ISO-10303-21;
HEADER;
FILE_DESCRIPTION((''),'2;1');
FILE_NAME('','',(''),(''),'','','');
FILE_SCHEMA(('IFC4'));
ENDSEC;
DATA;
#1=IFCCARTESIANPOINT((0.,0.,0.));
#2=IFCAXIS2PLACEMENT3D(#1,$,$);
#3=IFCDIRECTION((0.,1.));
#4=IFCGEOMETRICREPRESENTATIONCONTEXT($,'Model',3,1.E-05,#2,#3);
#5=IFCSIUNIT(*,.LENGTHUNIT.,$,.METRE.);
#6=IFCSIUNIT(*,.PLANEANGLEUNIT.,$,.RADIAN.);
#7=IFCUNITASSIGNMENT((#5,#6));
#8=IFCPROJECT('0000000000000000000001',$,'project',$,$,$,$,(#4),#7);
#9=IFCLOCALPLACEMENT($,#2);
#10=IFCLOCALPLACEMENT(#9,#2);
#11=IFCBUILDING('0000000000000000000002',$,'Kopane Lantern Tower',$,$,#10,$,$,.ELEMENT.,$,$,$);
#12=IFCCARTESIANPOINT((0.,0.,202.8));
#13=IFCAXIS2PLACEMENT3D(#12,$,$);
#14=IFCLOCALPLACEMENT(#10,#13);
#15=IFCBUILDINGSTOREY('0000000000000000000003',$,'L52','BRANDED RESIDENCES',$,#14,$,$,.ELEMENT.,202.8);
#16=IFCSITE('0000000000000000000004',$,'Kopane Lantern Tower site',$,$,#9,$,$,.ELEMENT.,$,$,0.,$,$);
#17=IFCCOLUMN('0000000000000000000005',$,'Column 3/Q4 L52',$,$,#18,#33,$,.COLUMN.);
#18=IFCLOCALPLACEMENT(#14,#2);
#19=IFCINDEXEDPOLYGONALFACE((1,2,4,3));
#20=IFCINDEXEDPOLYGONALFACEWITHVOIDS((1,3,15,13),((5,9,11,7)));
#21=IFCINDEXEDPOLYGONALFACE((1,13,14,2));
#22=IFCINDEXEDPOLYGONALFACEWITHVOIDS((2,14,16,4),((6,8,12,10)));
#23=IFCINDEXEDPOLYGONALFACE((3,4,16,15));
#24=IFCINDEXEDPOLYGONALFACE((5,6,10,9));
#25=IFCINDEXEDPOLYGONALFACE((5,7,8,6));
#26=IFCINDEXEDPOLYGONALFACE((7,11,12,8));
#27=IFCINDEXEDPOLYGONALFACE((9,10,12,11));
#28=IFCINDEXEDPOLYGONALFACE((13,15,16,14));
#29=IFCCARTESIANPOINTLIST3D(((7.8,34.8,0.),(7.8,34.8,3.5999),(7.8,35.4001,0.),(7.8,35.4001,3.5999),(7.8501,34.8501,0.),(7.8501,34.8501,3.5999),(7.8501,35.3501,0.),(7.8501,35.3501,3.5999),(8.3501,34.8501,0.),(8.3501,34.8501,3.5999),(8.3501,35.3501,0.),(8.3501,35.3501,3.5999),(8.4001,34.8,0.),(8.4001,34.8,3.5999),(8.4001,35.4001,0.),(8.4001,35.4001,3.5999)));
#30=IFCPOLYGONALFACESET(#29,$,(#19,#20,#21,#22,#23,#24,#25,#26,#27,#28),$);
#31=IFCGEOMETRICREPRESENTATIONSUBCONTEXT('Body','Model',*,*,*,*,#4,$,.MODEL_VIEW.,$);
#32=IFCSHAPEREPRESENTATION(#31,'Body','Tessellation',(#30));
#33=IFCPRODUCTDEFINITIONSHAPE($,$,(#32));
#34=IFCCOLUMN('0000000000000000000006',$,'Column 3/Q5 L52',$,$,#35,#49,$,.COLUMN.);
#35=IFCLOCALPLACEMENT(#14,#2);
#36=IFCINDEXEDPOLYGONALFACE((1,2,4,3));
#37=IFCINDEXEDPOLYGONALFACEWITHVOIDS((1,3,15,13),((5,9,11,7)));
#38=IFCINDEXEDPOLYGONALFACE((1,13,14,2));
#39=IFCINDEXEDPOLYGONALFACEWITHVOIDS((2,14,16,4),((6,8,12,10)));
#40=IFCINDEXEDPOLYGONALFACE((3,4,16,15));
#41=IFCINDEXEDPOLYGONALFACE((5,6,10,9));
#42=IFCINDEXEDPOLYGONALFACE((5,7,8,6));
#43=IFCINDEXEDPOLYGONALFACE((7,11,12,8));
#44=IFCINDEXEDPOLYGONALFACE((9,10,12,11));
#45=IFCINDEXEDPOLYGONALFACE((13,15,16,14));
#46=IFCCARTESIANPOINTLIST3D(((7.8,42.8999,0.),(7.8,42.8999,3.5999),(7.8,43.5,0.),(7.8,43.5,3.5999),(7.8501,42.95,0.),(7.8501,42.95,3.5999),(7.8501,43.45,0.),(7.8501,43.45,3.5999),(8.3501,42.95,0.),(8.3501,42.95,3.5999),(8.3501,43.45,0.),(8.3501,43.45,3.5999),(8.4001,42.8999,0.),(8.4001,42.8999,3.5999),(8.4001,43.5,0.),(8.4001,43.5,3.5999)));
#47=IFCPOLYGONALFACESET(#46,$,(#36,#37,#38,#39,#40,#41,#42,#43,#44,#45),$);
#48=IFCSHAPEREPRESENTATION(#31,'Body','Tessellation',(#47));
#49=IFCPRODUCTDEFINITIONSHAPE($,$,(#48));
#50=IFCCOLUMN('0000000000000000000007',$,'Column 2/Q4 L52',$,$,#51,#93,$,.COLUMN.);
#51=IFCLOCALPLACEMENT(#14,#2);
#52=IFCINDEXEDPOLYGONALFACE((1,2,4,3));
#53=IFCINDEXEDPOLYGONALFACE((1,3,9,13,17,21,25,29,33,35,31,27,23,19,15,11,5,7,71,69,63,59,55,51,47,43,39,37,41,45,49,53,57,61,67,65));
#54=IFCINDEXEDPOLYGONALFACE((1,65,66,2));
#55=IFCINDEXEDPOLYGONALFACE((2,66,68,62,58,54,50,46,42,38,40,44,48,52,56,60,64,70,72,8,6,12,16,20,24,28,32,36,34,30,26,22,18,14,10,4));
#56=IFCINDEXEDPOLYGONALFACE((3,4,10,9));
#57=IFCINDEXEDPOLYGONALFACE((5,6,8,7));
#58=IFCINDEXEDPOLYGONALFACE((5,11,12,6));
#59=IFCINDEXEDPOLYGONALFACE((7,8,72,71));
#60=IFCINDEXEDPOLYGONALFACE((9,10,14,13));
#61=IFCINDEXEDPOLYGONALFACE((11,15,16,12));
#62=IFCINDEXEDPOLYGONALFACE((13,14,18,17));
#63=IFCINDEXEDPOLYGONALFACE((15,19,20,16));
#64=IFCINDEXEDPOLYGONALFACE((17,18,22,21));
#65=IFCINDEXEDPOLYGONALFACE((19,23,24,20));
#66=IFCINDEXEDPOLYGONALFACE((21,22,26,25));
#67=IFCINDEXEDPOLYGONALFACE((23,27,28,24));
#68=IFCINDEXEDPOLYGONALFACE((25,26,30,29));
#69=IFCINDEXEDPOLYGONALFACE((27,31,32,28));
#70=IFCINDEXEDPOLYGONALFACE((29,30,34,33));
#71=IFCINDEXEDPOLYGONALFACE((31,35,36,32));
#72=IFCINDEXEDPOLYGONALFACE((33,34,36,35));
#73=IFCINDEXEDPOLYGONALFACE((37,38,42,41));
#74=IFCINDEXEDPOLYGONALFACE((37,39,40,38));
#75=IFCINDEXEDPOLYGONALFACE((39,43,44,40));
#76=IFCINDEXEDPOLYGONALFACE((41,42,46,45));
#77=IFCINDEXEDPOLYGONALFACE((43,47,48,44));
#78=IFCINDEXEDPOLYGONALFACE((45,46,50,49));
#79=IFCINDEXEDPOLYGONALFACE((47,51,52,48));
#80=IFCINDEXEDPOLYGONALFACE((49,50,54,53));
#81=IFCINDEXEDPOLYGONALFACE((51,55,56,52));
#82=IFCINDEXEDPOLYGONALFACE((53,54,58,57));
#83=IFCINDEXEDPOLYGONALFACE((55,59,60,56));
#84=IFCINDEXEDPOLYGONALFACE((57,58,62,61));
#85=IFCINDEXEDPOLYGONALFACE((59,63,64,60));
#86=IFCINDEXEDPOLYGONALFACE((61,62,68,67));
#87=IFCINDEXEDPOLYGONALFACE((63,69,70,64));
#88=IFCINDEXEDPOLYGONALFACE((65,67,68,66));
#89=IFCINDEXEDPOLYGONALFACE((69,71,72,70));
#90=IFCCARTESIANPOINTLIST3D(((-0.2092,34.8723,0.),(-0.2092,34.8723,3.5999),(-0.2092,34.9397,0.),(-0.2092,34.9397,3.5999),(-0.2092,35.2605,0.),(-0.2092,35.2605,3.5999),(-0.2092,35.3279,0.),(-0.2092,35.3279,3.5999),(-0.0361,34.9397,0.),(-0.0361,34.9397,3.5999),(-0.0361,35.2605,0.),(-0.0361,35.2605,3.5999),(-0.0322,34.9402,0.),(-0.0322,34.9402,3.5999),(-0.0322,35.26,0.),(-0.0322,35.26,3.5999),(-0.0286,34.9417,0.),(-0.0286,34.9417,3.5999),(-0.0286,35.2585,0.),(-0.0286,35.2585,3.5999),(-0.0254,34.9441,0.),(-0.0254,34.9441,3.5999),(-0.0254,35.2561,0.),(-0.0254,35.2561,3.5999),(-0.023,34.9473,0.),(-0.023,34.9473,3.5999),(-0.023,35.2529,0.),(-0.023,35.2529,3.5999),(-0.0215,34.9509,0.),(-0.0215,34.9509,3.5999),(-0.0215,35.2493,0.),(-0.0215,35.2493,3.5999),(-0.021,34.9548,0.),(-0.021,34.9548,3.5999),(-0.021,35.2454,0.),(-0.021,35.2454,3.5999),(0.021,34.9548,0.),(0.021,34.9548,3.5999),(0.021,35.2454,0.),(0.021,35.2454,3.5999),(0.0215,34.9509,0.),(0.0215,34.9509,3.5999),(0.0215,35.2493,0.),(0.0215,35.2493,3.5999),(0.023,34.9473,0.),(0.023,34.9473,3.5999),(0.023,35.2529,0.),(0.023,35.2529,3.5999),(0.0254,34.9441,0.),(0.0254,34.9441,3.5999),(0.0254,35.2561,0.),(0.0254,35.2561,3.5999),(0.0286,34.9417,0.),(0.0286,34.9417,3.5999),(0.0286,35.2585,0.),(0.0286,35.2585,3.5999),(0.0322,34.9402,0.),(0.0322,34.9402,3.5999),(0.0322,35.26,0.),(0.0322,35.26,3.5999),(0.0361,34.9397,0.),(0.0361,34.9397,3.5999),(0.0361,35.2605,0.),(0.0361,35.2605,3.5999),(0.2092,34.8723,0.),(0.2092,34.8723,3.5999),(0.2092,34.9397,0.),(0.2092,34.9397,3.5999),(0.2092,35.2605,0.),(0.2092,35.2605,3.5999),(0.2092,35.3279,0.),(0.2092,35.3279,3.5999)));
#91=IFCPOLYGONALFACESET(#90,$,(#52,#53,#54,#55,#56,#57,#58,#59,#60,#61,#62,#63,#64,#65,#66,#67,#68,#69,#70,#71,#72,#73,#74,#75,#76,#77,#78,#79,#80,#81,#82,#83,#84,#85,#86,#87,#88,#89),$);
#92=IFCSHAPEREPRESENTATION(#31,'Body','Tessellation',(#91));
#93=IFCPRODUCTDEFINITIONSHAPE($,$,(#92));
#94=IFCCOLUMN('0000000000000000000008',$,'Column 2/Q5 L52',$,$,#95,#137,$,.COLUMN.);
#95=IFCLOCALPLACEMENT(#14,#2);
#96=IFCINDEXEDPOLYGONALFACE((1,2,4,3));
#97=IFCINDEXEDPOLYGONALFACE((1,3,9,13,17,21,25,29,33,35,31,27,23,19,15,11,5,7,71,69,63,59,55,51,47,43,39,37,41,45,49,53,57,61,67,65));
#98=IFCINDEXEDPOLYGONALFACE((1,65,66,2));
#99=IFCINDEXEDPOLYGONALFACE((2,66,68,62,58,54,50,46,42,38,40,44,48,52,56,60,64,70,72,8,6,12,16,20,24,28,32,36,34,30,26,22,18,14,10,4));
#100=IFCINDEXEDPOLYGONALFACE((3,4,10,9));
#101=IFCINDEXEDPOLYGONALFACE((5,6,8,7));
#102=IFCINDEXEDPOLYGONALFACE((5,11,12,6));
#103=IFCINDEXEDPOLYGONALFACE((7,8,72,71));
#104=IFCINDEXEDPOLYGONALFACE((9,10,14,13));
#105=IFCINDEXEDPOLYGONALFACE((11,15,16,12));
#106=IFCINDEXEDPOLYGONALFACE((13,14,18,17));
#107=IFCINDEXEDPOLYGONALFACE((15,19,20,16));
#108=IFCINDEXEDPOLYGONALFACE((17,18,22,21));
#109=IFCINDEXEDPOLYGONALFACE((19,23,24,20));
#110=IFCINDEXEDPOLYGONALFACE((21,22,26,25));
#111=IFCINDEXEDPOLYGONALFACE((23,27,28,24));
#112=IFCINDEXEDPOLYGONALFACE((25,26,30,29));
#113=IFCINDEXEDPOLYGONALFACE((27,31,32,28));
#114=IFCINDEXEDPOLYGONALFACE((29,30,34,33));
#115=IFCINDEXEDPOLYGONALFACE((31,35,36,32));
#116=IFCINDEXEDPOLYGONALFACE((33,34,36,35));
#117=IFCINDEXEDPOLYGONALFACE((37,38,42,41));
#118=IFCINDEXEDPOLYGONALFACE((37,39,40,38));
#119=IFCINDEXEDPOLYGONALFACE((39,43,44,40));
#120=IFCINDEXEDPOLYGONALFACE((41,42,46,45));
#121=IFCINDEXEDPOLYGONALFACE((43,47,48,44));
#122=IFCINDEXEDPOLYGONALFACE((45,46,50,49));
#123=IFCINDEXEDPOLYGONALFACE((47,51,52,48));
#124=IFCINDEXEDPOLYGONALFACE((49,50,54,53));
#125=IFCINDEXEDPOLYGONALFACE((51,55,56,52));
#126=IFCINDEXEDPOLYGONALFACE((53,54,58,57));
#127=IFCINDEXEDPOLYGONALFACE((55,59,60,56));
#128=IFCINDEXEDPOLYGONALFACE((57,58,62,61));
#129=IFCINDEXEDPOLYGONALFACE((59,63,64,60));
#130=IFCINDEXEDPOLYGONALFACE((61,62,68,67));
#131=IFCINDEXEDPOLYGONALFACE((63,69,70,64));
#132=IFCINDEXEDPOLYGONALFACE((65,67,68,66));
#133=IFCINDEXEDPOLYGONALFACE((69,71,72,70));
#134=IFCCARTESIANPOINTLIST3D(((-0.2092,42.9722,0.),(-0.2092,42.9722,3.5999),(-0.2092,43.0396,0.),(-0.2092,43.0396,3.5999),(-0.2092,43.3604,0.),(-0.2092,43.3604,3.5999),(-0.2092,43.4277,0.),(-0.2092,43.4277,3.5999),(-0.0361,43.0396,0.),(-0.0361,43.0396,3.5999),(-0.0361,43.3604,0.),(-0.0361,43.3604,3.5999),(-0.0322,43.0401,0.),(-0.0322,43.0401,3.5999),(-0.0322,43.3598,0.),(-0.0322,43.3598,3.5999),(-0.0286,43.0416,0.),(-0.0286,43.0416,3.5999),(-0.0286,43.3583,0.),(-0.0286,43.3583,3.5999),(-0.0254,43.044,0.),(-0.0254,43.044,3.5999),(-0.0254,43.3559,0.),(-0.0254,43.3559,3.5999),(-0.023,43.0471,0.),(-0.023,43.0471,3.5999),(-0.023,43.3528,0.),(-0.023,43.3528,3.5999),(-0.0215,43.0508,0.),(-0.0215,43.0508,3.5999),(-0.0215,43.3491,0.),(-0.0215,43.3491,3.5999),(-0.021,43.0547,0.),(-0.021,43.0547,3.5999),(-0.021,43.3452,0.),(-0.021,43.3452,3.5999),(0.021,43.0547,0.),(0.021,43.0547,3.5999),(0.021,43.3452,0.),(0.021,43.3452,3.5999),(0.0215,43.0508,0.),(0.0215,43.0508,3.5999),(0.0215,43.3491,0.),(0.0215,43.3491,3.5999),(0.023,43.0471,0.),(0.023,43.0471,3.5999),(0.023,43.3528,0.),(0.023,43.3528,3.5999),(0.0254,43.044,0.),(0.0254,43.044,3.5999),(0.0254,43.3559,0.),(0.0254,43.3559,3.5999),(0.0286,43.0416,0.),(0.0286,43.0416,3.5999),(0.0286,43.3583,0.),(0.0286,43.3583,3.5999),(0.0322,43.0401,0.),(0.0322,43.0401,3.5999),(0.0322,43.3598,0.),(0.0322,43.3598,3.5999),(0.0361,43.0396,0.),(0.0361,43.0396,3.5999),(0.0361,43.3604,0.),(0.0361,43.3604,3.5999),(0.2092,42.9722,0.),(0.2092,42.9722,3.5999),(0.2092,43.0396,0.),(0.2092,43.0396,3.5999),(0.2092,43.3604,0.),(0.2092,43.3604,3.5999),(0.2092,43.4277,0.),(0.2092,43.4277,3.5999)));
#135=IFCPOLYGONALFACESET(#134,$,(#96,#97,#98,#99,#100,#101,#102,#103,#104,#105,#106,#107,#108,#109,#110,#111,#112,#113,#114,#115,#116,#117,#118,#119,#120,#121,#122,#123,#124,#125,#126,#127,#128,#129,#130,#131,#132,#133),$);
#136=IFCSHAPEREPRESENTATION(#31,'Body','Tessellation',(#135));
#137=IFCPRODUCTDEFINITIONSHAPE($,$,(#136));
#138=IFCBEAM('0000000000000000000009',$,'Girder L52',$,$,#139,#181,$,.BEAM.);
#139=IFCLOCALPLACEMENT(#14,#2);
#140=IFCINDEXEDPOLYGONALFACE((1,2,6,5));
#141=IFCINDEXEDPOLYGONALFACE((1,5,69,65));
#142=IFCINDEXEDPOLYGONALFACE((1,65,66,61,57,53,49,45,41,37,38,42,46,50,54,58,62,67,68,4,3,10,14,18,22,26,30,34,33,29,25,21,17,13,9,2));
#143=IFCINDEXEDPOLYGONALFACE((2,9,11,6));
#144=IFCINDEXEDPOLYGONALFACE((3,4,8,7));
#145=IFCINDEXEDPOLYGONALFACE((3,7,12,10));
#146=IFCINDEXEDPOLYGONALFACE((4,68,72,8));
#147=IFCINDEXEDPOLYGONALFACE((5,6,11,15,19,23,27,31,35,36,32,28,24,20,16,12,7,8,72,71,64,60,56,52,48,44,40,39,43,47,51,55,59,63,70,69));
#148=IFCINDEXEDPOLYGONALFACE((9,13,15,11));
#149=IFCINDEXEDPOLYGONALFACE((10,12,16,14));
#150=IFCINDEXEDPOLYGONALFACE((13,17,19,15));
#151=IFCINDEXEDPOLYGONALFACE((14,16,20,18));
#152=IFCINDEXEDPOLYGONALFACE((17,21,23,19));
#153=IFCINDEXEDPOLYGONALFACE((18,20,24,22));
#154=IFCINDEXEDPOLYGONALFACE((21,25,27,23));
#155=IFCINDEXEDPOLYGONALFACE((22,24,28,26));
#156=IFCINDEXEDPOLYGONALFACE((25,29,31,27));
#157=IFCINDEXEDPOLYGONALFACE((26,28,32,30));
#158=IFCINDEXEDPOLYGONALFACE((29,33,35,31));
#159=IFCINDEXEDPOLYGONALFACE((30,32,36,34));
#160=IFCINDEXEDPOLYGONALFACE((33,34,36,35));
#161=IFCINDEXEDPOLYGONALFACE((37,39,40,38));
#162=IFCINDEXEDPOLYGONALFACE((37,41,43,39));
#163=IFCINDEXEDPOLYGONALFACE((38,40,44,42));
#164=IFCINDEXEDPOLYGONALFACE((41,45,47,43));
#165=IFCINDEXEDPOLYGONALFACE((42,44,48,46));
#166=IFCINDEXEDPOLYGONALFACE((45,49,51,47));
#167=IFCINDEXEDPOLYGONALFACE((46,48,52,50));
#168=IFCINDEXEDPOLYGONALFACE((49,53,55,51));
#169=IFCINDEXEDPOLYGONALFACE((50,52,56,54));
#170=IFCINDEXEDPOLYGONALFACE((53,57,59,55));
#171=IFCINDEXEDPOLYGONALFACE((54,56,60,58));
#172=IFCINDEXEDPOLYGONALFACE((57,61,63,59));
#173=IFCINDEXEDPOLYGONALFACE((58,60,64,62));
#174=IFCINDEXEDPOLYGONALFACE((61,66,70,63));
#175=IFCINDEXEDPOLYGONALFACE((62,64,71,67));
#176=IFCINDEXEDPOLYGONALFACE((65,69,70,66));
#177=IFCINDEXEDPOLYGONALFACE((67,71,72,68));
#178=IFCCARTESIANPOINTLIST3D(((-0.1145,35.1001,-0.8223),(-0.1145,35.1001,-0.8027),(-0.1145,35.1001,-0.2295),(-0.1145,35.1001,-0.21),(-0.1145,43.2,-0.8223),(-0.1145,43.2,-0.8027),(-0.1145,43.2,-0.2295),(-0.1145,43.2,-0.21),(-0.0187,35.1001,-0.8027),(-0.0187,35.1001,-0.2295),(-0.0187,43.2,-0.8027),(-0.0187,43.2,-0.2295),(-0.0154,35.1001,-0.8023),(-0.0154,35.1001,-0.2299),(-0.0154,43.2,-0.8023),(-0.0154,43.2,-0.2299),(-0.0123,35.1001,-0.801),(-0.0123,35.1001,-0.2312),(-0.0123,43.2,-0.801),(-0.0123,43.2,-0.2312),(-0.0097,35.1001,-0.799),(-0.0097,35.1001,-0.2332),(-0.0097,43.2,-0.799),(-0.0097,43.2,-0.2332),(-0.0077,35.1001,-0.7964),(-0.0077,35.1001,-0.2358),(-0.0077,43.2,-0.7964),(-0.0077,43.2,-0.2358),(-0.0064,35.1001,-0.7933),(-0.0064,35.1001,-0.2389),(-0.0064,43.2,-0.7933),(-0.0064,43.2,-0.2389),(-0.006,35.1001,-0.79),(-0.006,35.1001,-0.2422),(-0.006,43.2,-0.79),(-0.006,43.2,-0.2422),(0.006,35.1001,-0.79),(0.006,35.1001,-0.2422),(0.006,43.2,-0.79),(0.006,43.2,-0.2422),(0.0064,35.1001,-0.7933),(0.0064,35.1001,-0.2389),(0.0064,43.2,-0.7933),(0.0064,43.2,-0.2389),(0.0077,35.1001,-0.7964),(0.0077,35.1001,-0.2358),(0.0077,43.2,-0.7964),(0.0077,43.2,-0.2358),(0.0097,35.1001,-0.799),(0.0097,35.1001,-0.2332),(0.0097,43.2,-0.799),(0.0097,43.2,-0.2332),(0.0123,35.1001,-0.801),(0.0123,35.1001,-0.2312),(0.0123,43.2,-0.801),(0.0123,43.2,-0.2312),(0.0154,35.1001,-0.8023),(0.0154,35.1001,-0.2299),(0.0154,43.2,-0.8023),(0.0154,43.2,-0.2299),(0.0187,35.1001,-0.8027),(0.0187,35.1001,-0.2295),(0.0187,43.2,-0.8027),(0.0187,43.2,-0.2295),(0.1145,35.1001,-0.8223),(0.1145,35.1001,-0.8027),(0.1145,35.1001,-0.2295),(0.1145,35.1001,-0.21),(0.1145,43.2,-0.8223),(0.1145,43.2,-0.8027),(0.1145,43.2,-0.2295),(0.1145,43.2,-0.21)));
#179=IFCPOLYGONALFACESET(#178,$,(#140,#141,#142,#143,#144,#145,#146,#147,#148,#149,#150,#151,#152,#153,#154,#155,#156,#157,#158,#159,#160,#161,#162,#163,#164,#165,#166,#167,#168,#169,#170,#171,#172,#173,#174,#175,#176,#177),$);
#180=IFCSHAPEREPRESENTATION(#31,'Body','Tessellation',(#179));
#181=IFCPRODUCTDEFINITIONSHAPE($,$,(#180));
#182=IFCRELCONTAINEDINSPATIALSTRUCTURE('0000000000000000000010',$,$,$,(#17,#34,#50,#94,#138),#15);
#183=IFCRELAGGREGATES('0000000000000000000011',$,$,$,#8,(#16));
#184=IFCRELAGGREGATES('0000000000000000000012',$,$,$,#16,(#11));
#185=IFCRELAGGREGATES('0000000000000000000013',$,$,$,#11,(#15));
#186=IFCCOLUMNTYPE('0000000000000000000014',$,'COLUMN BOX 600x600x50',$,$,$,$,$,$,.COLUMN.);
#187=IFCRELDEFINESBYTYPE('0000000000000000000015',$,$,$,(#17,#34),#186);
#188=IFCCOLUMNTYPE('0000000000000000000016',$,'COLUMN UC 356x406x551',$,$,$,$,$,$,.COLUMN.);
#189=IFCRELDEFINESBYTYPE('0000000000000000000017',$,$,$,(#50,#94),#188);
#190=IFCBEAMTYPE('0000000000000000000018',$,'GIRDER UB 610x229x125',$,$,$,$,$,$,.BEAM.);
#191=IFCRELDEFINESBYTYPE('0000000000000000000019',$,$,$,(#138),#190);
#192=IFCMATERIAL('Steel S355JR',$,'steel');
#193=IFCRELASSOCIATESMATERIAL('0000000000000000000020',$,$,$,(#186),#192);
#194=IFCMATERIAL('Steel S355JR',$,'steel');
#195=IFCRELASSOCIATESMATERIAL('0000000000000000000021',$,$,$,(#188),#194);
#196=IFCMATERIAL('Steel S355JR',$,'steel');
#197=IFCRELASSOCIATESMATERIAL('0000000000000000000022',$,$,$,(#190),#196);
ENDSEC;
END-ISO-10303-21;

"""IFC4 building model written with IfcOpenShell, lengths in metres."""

from ifc_helpers import new_model, si_unit, direction, frame, origin, origin_2d, place, context, subcontext, project, spatial, hollow_rectangle, i_section, extrude, material, material_profile, profile_set, type_object, element, save


model = new_model("IFC4")

# Units and contexts
model_context = context("Model", 3, precision=1e-05, world=origin(), true_north=direction((0.0, 1.0)))
body_context = subcontext(model_context, "Body", "Model", "MODEL_VIEW")
ifc_project = project(units=[si_unit("LENGTHUNIT", "METRE"), si_unit("PLANEANGLEUNIT", "RADIAN")], contexts=[model_context])

# Site, building, storey
site_placement = place(None, origin())
site = spatial("IfcSite", under=ifc_project, at=site_placement, Name="Kopane Lantern Tower site", CompositionType="ELEMENT", RefElevation=0.0)
building_placement = place(site_placement, origin())
building = spatial("IfcBuilding", under=site, at=building_placement, Name="Kopane Lantern Tower", CompositionType="ELEMENT")
storey_placement = place(building_placement, frame((0.0, 0.0, 202.8)))
storey = spatial("IfcBuildingStorey", under=building, at=storey_placement, Name="L52", Description="BRANDED RESIDENCES", CompositionType="ELEMENT", Elevation=202.8)

# Columns
ifc_material_1 = material(Name="Steel S355JR", Category="steel")
ifc_material_profile_1 = material_profile(ifc_material_1, hollow_rectangle(XDim=0.6001, YDim=0.6001, WallThickness=0.05, at=origin_2d()), Name="BOX 600x600x50")
ifc_profile_set_1 = profile_set([ifc_material_profile_1], Name="Steel S355JR")
column_type_1 = type_object("IfcColumnType", Name="COLUMN BOX 600x600x50", PredefinedType="COLUMN", material=ifc_profile_set_1)
for number, where, z_axis, x_axis, name in (
    (1, (8.1001, 35.1001, 0.0), (0.0, 0.0, 1.0), (1.0, 0.0, 0.0), "Column 3/Q4 L52"),
    (2, (8.1001, 43.2, 0.0), (0.0, 0.0, 1.0), (1.0, 0.0, 0.0), "Column 3/Q5 L52"),
):
    element("IfcColumn", number, at=place(storey_placement, frame(where, z_axis=z_axis, x_axis=x_axis)), inside=storey, type_object=column_type_1, Name=name, PredefinedType="COLUMN", context=body_context, shape_type="SweptSolid", body=[
        extrude(hollow_rectangle(XDim=0.6001, YDim=0.6001, WallThickness=0.05, at=origin_2d()), origin(), (0.0, 0.0, 1.0), 3.5999),
    ])
ifc_material_2 = material(Name="Steel S355JR", Category="steel")
ifc_material_profile_2 = material_profile(ifc_material_2, i_section(OverallWidth=0.4185, OverallDepth=0.4556, WebThickness=0.042, FlangeThickness=0.0674, FilletRadius=0.0151, at=origin_2d()), Name="UC 356x406x551")
ifc_profile_set_2 = profile_set([ifc_material_profile_2], Name="Steel S355JR")
column_type_2 = type_object("IfcColumnType", Name="COLUMN UC 356x406x551", PredefinedType="COLUMN", material=ifc_profile_set_2)
for number, where, z_axis, x_axis, name in (
    (3, (0.0, 35.1001, 0.0), (0.0, 0.0, 1.0), (1.0, 0.0, 0.0), "Column 2/Q4 L52"),
    (4, (0.0, 43.2, 0.0), (0.0, 0.0, 1.0), (1.0, 0.0, 0.0), "Column 2/Q5 L52"),
):
    element("IfcColumn", number, at=place(storey_placement, frame(where, z_axis=z_axis, x_axis=x_axis)), inside=storey, type_object=column_type_2, Name=name, PredefinedType="COLUMN", context=body_context, shape_type="SweptSolid", body=[
        extrude(i_section(OverallWidth=0.4185, OverallDepth=0.4556, WebThickness=0.042, FlangeThickness=0.0674, FilletRadius=0.0151, at=origin_2d()), origin(), (0.0, 0.0, 1.0), 3.5999),
    ])

# Beam
ifc_material_3 = material(Name="Steel S355JR", Category="steel")
ifc_material_profile_3 = material_profile(ifc_material_3, i_section(OverallWidth=0.229, OverallDepth=0.6123, WebThickness=0.012, FlangeThickness=0.0195, FilletRadius=0.0127, at=origin_2d()), Name="UB 610x229x125")
ifc_profile_set_3 = profile_set([ifc_material_profile_3], Name="Steel S355JR")
beam_type = type_object("IfcBeamType", Name="GIRDER UB 610x229x125", PredefinedType="BEAM", material=ifc_profile_set_3)
beam_1_placement = place(storey_placement, frame((0.0, 35.1001, -0.5161), z_axis=(0.0, 1.0, 0.0), x_axis=(-1.0, 0.0, 0.0)))
element("IfcBeam", 5, at=beam_1_placement, inside=storey, type_object=beam_type, Name="Girder L52", PredefinedType="BEAM", context=body_context, shape_type="SweptSolid", body=[
    extrude(i_section(OverallWidth=0.229, OverallDepth=0.6123, WebThickness=0.012, FlangeThickness=0.0195, FilletRadius=0.0127, at=origin_2d()), origin(), (0.0, 0.0, 1.0), 8.0999),
])

save(model, "model.ifc")
